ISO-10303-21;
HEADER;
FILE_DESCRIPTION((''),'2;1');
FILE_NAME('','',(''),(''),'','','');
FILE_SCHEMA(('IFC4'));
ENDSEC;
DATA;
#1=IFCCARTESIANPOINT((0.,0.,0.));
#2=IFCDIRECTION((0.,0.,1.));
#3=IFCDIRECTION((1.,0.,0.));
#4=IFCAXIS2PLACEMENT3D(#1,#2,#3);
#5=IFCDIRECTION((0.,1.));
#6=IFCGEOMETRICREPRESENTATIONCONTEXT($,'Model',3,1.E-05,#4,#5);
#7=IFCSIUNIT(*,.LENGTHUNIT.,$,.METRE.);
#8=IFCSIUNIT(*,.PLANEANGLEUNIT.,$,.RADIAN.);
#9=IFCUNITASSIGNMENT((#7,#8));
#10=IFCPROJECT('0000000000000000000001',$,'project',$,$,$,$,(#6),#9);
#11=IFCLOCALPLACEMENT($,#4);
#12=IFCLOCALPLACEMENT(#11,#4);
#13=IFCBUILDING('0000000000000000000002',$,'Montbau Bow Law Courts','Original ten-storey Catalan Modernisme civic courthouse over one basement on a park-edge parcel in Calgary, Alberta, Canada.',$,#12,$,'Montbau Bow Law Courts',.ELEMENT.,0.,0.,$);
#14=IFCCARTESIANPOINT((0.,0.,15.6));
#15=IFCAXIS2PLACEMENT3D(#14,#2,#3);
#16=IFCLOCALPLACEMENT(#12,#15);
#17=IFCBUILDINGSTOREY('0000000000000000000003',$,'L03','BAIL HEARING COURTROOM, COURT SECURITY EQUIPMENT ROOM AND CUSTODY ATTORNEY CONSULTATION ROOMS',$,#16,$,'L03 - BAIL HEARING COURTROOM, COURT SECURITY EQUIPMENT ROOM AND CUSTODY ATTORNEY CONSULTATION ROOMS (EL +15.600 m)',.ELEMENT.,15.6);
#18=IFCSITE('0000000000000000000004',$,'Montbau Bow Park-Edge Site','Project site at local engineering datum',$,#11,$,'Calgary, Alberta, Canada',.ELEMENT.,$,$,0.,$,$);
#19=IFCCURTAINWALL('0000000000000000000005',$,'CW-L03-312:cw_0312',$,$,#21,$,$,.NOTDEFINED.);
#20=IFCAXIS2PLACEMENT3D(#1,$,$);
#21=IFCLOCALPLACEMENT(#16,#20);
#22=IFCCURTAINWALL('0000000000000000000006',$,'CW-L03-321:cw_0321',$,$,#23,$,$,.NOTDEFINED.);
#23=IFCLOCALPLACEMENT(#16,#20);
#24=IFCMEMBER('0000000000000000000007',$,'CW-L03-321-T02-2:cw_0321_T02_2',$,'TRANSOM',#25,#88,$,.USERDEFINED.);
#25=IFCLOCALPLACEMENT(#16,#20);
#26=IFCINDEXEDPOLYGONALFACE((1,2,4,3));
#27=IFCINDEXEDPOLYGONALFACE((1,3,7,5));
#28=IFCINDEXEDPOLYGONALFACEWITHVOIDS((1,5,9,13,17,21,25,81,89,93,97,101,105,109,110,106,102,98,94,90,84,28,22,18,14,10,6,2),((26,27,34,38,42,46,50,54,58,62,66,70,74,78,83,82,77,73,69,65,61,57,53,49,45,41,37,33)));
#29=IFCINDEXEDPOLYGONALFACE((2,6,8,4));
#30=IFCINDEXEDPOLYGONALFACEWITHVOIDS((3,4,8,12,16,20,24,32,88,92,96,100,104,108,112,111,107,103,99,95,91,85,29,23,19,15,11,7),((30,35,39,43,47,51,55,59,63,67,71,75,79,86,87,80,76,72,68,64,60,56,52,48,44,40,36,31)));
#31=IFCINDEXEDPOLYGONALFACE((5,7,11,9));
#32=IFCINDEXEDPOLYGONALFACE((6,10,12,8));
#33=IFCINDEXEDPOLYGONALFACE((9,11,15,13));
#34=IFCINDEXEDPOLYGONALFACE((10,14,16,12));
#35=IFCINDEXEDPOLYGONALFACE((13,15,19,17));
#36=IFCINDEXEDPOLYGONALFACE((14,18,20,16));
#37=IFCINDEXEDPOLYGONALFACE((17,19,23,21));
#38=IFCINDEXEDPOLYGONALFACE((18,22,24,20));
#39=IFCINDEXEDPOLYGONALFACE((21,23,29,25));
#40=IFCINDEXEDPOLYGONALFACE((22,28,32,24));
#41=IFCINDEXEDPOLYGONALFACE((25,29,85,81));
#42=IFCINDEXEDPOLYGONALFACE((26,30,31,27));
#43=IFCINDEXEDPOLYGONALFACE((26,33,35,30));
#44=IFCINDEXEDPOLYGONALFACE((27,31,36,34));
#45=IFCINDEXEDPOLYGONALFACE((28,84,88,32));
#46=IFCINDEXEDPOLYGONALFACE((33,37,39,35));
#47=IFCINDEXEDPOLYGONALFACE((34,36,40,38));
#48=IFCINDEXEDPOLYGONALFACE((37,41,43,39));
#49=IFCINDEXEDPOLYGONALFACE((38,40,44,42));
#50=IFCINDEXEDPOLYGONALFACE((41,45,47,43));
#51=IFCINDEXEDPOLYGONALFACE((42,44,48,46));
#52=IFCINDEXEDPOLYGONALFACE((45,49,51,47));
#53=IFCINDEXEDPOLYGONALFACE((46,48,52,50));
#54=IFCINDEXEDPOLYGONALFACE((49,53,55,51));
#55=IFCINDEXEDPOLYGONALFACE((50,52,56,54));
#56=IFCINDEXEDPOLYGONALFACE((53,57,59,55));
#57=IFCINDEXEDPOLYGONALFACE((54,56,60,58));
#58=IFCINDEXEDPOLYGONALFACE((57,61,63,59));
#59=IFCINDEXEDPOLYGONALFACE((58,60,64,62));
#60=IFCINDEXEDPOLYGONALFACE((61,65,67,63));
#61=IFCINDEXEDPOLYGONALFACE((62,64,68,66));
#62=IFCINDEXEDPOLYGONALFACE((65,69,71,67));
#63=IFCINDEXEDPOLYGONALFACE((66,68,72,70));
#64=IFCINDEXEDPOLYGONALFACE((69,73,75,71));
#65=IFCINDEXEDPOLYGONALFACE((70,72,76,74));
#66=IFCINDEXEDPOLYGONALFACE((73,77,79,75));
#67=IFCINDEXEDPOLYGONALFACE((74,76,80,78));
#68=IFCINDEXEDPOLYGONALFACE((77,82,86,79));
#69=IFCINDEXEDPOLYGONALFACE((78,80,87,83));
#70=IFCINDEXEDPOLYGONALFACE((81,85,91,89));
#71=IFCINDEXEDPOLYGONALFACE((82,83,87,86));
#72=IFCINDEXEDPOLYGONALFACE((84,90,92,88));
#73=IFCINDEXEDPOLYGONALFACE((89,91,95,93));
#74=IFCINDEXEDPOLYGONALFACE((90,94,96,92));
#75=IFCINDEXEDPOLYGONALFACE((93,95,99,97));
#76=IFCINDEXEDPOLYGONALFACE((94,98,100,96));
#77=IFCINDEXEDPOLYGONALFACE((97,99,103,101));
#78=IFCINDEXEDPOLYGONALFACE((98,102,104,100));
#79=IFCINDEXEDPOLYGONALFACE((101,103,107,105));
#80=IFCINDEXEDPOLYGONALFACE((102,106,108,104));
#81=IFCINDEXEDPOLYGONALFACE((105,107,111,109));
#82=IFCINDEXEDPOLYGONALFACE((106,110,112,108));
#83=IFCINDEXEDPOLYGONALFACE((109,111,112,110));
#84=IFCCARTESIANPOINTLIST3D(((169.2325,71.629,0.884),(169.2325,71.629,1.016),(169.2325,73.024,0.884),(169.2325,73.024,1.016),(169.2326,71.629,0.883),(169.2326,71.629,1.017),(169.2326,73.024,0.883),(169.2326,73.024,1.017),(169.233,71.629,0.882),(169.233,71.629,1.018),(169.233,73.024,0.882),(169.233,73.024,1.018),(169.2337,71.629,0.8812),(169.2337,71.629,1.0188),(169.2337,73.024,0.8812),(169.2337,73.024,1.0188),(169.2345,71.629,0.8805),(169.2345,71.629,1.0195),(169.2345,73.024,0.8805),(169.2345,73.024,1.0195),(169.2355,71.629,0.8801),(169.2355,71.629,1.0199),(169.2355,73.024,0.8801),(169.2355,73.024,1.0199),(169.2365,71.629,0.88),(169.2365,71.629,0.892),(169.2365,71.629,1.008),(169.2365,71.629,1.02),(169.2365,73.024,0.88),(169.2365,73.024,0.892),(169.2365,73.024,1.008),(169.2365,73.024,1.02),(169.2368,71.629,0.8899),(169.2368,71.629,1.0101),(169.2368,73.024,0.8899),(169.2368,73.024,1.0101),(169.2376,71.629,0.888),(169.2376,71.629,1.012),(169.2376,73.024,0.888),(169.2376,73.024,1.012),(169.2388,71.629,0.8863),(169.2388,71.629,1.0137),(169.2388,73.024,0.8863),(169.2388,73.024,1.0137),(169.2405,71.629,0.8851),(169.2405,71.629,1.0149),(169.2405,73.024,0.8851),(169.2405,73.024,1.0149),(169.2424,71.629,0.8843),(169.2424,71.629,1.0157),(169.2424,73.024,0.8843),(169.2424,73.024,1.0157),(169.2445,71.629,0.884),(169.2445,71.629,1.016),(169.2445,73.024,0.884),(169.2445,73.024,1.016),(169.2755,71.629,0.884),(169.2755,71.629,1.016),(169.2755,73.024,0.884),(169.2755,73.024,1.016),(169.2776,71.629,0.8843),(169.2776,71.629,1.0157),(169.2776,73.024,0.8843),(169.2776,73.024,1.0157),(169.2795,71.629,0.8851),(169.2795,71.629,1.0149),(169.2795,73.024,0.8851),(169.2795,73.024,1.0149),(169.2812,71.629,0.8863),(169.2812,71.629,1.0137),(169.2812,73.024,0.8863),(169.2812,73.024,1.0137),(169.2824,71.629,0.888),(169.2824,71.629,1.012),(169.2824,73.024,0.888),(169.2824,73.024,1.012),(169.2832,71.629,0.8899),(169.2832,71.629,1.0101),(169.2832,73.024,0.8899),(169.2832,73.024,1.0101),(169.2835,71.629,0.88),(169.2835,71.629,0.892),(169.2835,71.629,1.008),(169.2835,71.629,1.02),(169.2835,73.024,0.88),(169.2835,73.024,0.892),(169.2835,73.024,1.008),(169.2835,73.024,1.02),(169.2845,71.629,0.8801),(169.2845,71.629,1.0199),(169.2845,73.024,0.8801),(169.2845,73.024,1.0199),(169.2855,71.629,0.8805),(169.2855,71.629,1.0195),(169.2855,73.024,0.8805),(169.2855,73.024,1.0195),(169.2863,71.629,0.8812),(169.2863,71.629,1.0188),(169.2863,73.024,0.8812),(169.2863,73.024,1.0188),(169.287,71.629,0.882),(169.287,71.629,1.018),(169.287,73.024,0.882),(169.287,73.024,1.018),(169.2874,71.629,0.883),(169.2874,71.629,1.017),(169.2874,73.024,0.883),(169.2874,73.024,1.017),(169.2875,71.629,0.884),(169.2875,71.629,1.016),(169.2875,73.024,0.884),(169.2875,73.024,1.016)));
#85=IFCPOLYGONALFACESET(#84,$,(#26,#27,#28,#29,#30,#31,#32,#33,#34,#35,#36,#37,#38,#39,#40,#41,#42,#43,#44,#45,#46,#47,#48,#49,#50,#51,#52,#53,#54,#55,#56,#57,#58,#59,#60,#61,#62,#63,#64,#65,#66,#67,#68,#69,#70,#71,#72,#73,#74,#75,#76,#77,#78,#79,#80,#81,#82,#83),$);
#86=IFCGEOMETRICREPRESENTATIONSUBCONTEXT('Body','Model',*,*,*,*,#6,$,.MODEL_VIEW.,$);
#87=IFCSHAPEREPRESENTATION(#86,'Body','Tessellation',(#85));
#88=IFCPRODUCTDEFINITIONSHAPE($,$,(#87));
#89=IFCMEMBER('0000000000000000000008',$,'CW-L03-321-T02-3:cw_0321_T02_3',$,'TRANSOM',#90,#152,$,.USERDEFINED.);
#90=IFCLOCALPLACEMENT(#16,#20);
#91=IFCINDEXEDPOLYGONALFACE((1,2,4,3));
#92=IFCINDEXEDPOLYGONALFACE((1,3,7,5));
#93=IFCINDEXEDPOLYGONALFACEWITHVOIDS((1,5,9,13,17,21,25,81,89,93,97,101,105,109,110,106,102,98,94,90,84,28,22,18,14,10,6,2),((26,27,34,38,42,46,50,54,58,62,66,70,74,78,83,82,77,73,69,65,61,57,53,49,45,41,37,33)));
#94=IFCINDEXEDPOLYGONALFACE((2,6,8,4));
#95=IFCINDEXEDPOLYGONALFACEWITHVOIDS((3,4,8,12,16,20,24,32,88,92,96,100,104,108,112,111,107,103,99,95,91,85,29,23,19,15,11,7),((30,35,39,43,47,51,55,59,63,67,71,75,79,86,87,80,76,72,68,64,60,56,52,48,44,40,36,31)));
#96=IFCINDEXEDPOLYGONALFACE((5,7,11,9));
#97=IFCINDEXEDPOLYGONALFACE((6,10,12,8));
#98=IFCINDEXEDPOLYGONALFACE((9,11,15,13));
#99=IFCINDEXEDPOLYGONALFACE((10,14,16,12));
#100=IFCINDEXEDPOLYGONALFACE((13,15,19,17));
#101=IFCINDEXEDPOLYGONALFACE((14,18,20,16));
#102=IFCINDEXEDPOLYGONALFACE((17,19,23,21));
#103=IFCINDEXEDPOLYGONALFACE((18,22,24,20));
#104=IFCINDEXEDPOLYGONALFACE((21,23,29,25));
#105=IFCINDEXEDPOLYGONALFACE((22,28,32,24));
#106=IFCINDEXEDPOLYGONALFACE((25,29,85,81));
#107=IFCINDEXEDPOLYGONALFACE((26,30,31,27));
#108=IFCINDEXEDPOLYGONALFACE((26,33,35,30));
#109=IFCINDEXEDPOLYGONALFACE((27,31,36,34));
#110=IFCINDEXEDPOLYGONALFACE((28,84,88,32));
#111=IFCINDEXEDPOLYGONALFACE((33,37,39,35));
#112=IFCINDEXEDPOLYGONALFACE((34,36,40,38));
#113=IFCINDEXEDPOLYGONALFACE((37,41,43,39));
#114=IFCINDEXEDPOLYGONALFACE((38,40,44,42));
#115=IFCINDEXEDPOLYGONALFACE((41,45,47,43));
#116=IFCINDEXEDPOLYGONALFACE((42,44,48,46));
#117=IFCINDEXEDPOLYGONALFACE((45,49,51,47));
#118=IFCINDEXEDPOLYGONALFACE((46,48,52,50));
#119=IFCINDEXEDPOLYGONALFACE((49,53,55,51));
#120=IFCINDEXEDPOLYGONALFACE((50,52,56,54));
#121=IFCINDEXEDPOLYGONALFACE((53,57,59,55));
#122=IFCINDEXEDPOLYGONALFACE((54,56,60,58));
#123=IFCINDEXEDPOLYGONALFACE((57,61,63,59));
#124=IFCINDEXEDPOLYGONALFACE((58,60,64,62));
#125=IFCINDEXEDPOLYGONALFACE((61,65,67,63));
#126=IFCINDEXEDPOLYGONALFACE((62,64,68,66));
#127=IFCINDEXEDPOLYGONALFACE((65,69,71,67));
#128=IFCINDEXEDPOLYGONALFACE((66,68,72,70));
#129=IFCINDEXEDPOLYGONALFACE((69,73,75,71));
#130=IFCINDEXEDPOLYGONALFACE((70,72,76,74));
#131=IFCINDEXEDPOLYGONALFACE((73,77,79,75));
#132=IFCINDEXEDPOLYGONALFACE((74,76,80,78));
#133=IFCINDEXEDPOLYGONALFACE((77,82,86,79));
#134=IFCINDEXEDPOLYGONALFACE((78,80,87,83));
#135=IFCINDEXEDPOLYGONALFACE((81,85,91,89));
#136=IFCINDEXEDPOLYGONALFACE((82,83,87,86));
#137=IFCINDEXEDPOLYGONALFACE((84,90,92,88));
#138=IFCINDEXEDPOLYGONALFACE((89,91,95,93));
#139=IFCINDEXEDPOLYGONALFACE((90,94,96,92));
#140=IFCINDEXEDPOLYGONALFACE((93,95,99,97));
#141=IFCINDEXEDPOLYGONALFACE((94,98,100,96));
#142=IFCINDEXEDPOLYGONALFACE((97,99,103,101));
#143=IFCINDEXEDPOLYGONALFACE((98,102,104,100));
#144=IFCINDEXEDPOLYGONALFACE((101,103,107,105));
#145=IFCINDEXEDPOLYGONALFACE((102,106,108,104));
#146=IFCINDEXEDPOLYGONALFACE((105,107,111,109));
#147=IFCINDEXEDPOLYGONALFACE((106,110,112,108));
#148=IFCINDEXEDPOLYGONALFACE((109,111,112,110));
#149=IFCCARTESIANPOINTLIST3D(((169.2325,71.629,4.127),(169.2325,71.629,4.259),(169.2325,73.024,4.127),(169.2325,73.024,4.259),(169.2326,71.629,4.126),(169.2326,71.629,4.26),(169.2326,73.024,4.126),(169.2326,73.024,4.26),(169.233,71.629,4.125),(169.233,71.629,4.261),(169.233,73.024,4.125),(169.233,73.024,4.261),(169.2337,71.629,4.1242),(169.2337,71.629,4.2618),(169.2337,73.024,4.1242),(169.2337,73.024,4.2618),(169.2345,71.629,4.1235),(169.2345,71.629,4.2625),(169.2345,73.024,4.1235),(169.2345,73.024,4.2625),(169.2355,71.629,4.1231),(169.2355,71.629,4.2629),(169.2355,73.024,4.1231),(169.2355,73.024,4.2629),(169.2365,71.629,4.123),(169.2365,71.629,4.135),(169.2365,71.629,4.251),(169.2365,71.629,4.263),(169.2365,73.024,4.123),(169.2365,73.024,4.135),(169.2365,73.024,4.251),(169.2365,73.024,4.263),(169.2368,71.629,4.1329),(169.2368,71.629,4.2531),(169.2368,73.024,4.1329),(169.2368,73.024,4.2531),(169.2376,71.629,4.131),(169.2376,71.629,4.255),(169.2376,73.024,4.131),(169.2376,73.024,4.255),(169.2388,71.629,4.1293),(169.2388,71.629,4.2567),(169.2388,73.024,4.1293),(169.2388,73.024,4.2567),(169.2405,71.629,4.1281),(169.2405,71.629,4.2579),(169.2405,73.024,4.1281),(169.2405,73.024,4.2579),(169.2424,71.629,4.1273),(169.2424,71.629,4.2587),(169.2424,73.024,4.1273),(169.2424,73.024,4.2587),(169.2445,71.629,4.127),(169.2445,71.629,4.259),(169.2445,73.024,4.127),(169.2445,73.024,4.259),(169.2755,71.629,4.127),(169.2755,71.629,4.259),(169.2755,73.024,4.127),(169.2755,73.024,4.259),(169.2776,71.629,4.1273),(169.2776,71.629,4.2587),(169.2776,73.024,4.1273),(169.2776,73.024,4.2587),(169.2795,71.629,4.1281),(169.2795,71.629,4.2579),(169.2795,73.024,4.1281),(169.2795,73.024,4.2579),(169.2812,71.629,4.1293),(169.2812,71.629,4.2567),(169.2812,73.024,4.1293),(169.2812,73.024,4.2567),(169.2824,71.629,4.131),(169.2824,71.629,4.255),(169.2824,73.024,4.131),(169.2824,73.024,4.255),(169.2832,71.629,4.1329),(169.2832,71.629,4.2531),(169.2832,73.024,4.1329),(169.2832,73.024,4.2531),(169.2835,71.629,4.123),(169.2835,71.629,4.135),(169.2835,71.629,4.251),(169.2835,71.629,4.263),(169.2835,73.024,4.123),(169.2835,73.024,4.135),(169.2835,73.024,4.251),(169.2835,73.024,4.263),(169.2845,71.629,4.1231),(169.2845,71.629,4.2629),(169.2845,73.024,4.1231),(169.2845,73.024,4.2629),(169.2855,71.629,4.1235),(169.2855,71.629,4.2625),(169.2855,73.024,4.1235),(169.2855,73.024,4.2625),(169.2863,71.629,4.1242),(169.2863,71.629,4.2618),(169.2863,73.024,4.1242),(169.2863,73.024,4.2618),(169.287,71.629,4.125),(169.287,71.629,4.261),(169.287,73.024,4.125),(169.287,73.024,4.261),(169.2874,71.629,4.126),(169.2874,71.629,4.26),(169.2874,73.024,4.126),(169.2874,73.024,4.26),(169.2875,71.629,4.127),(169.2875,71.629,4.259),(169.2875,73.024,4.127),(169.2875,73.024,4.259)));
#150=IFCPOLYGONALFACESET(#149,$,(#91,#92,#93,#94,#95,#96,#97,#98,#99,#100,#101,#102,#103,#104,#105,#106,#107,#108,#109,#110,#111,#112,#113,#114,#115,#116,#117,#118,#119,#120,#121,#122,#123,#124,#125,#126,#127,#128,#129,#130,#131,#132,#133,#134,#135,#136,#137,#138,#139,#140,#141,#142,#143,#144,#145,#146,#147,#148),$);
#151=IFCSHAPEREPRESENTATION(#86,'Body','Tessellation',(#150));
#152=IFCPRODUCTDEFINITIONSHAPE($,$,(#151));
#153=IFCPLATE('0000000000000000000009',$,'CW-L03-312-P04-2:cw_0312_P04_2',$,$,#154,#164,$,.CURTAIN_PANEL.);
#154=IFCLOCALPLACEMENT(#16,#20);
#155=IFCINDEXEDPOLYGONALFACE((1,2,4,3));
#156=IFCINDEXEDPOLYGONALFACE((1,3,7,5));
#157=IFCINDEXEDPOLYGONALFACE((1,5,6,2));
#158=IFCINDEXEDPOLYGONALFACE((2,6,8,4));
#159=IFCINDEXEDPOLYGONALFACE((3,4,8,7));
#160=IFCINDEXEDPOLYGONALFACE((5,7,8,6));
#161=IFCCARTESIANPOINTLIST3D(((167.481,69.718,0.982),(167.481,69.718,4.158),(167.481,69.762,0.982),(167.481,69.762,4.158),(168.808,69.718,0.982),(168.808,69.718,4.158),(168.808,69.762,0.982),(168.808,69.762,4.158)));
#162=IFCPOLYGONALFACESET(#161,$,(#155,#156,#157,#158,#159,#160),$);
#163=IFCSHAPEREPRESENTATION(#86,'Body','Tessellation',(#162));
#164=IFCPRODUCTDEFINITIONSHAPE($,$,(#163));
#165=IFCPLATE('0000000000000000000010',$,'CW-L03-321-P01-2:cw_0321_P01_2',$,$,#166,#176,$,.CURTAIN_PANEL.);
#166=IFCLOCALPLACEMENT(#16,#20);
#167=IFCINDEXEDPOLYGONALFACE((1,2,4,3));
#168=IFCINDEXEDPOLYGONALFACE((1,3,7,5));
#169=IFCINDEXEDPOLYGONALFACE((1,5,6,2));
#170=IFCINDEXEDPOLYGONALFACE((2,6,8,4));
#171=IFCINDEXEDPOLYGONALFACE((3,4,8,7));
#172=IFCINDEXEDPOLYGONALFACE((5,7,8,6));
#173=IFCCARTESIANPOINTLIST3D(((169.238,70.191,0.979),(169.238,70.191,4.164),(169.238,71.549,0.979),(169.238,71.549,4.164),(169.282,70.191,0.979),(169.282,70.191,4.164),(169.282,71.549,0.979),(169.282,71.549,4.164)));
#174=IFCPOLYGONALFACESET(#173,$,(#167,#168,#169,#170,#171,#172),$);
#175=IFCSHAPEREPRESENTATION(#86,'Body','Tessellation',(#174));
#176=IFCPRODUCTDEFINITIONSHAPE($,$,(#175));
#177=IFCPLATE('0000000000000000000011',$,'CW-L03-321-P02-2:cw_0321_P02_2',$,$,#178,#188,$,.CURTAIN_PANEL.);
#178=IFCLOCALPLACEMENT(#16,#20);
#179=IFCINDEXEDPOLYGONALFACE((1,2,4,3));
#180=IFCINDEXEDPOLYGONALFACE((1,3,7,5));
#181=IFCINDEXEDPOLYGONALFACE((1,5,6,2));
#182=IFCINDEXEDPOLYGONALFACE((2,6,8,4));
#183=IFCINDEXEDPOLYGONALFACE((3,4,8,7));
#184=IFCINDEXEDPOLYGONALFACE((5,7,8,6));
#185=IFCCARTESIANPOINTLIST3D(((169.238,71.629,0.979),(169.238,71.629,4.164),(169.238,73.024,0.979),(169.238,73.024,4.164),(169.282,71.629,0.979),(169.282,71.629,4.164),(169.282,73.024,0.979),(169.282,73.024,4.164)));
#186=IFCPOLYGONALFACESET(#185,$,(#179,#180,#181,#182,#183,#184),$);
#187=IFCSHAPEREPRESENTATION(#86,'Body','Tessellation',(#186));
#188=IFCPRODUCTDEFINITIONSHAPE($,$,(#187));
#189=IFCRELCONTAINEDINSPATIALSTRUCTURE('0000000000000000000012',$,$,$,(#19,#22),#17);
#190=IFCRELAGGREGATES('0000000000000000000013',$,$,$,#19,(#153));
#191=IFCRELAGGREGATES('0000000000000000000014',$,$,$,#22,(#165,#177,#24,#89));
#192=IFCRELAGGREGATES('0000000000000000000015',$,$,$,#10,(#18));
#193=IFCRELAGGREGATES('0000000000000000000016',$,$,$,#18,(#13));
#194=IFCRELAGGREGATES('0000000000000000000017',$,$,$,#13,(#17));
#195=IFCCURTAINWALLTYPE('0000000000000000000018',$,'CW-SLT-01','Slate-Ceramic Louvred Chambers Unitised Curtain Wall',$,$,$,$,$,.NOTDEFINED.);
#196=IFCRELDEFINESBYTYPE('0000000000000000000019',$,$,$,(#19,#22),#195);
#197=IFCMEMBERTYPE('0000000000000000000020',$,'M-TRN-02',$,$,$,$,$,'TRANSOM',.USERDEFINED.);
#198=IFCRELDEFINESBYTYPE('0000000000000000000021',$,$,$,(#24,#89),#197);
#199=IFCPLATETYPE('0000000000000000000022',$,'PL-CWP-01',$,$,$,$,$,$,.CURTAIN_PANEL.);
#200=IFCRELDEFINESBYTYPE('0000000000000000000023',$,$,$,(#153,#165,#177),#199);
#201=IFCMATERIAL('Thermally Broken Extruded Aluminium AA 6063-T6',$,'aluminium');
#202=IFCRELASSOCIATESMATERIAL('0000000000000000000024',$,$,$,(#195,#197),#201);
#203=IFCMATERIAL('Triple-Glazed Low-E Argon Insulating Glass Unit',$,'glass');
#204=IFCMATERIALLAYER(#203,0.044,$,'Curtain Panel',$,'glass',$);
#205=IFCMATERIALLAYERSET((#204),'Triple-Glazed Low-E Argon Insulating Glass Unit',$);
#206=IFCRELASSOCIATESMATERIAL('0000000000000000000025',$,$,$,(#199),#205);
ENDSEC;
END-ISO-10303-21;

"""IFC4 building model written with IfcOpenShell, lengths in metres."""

from ifc_helpers import new_model, si_unit, direction, frame, frame_2d, origin_with_axes, origin_2d_with_axis, place, context, subcontext, project, spatial, rectangle, hollow_rectangle, extrude, material, layer, layer_set, material_profile, profile_set, type_object, element, aggregate, save


model = new_model("IFC4")

# Units and contexts
model_context = context("Model", 3, precision=1e-05, world=origin_with_axes(), true_north=direction((0.0, 1.0)))
body_context = subcontext(model_context, "Body", "Model", "MODEL_VIEW")
ifc_project = project(units=[si_unit("LENGTHUNIT", "METRE"), si_unit("PLANEANGLEUNIT", "RADIAN")], contexts=[model_context])

# Site, building, storey
site_placement = place(None, origin_with_axes())
site = spatial("IfcSite", under=ifc_project, at=site_placement, Name="Montbau Bow Park-Edge Site", Description="Project site at local engineering datum", LongName="Calgary, Alberta, Canada", CompositionType="ELEMENT", RefElevation=0.0)
building_placement = place(site_placement, origin_with_axes())
building = spatial("IfcBuilding", under=site, at=building_placement, Name="Montbau Bow Law Courts", Description="Original ten-storey Catalan Modernisme civic courthouse over one basement on a park-edge parcel in Calgary, Alberta, Canada.", LongName="Montbau Bow Law Courts", CompositionType="ELEMENT", ElevationOfRefHeight=0.0, ElevationOfTerrain=0.0)
storey_placement = place(building_placement, frame((0.0, 0.0, 15.6), z_axis=(0.0, 0.0, 1.0), x_axis=(1.0, 0.0, 0.0)))
storey = spatial("IfcBuildingStorey", under=building, at=storey_placement, Name="L03", Description="BAIL HEARING COURTROOM, COURT SECURITY EQUIPMENT ROOM AND CUSTODY ATTORNEY CONSULTATION ROOMS", LongName="L03 - BAIL HEARING COURTROOM, COURT SECURITY EQUIPMENT ROOM AND CUSTODY ATTORNEY CONSULTATION ROOMS (EL +15.600 m)", CompositionType="ELEMENT", Elevation=15.6)

# Curtain wall
ifc_material_1 = material(Name="Thermally Broken Extruded Aluminium AA 6063-T6", Category="aluminium")
curtain_wall_type = type_object("IfcCurtainWallType", Name="CW-SLT-01", Description="Slate-Ceramic Louvred Chambers Unitised Curtain Wall", PredefinedType="NOTDEFINED", material=ifc_material_1)
curtain_wall_1_placement = place(None, frame((163.115, 69.74, 15.6), z_axis=(0.0, 0.0, 1.0), x_axis=(1.0, 0.0, 0.0)))
curtain_wall_1 = element("IfcCurtainWall", 1, at=curtain_wall_1_placement, inside=storey, type_object=curtain_wall_type, Name="CW-L03-312:cw_0312", PredefinedType="NOTDEFINED")

# Curtain wall
curtain_wall_2_placement = place(None, frame((169.26, 70.115, 15.6), z_axis=(0.0, 0.0, 1.0), x_axis=(1.0, 0.0, 0.0)))
curtain_wall_2 = element("IfcCurtainWall", 2, at=curtain_wall_2_placement, inside=storey, type_object=curtain_wall_type, Name="CW-L03-321:cw_0321", PredefinedType="NOTDEFINED")

# Members
ifc_material_profile_1 = material_profile(ifc_material_1, hollow_rectangle(XDim=0.055, YDim=0.14, WallThickness=0.004, InnerFilletRadius=0.008, OuterFilletRadius=0.004, at=origin_2d_with_axis()), Name="CWT-140X55", Category="Main", Priority=0)
ifc_profile_set_1 = profile_set([ifc_material_profile_1], Name="Thermally Broken Extruded Aluminium AA 6063-T6")
member_type_1 = type_object("IfcMemberType", Name="M-TRN-02", ElementType="TRANSOM", PredefinedType="USERDEFINED", material=ifc_profile_set_1)
member_1_placement = place(None, frame((169.26, 71.629, 16.55), z_axis=(0.0, 1.0, 0.0), x_axis=(-1.0, 0.0, 0.0)))
member_1 = element("IfcMember", 3, at=member_1_placement, type_object=member_type_1, Name="CW-L03-321-T02-2:cw_0321_T02_2", ObjectType="TRANSOM", PredefinedType="USERDEFINED", context=body_context, shape_type="SweptSolid", body=[
    extrude(hollow_rectangle(XDim=0.055, YDim=0.14, WallThickness=0.004, InnerFilletRadius=0.008, OuterFilletRadius=0.004, at=origin_2d_with_axis()), origin_with_axes(), (0.0, 0.0, 1.0), 1.395),
])
member_2_placement = place(None, frame((169.26, 71.629, 19.793), z_axis=(0.0, 1.0, 0.0), x_axis=(-1.0, 0.0, 0.0)))
member_2 = element("IfcMember", 4, at=member_2_placement, type_object=member_type_1, Name="CW-L03-321-T02-3:cw_0321_T02_3", ObjectType="TRANSOM", PredefinedType="USERDEFINED", context=body_context, shape_type="SweptSolid", body=[
    extrude(hollow_rectangle(XDim=0.055, YDim=0.14, WallThickness=0.004, InnerFilletRadius=0.008, OuterFilletRadius=0.004, at=origin_2d_with_axis()), origin_with_axes(), (0.0, 0.0, 1.0), 1.395),
])

# Plates
ifc_material_2 = material(Name="Triple-Glazed Low-E Argon Insulating Glass Unit", Category="glass")
ifc_layer_1 = layer(ifc_material_2, 0.044, Name="Curtain Panel", Category="glass")
ifc_layer_set_1 = layer_set([ifc_layer_1], Name="Triple-Glazed Low-E Argon Insulating Glass Unit")
plate_type_1 = type_object("IfcPlateType", Name="PL-CWP-01", PredefinedType="CURTAIN_PANEL", material=ifc_layer_set_1)
plate_1_placement = place(None, frame((167.481, 69.74, 16.582), z_axis=(0.0, -1.0, 0.0), x_axis=(1.0, 0.0, 0.0)))
plate_1 = element("IfcPlate", 5, at=plate_1_placement, type_object=plate_type_1, Name="CW-L03-312-P04-2:cw_0312_P04_2", PredefinedType="CURTAIN_PANEL", context=body_context, shape_type="SweptSolid", body=[
    extrude(rectangle(XDim=1.327, YDim=3.176, at=frame_2d((0.6635, 1.588), x_axis=(1.0, 0.0))), frame((0.0, 0.0, -0.022), z_axis=(0.0, 0.0, 1.0), x_axis=(1.0, 0.0, 0.0)), (0.0, 0.0, 1.0), 0.044),
])
aggregate(curtain_wall_1, [plate_1])
plate_2_placement = place(None, frame((169.26, 70.191, 16.579), z_axis=(1.0, 0.0, 0.0), x_axis=(0.0, 1.0, 0.0)))
plate_2 = element("IfcPlate", 6, at=plate_2_placement, type_object=plate_type_1, Name="CW-L03-321-P01-2:cw_0321_P01_2", PredefinedType="CURTAIN_PANEL", context=body_context, shape_type="SweptSolid", body=[
    extrude(rectangle(XDim=1.358, YDim=3.185, at=frame_2d((0.679, 1.5925), x_axis=(1.0, 0.0))), frame((0.0, 0.0, -0.022), z_axis=(0.0, 0.0, 1.0), x_axis=(1.0, 0.0, 0.0)), (0.0, 0.0, 1.0), 0.044),
])
plate_3_placement = place(None, frame((169.26, 71.629, 16.579), z_axis=(1.0, 0.0, 0.0), x_axis=(0.0, 1.0, 0.0)))
plate_3 = element("IfcPlate", 7, at=plate_3_placement, type_object=plate_type_1, Name="CW-L03-321-P02-2:cw_0321_P02_2", PredefinedType="CURTAIN_PANEL", context=body_context, shape_type="SweptSolid", body=[
    extrude(rectangle(XDim=1.395, YDim=3.185, at=frame_2d((0.6975, 1.5925), x_axis=(1.0, 0.0))), frame((0.0, 0.0, -0.022), z_axis=(0.0, 0.0, 1.0), x_axis=(1.0, 0.0, 0.0)), (0.0, 0.0, 1.0), 0.044),
])
aggregate(curtain_wall_2, [plate_2, plate_3, member_1, member_2])

save(model, "model.ifc")
